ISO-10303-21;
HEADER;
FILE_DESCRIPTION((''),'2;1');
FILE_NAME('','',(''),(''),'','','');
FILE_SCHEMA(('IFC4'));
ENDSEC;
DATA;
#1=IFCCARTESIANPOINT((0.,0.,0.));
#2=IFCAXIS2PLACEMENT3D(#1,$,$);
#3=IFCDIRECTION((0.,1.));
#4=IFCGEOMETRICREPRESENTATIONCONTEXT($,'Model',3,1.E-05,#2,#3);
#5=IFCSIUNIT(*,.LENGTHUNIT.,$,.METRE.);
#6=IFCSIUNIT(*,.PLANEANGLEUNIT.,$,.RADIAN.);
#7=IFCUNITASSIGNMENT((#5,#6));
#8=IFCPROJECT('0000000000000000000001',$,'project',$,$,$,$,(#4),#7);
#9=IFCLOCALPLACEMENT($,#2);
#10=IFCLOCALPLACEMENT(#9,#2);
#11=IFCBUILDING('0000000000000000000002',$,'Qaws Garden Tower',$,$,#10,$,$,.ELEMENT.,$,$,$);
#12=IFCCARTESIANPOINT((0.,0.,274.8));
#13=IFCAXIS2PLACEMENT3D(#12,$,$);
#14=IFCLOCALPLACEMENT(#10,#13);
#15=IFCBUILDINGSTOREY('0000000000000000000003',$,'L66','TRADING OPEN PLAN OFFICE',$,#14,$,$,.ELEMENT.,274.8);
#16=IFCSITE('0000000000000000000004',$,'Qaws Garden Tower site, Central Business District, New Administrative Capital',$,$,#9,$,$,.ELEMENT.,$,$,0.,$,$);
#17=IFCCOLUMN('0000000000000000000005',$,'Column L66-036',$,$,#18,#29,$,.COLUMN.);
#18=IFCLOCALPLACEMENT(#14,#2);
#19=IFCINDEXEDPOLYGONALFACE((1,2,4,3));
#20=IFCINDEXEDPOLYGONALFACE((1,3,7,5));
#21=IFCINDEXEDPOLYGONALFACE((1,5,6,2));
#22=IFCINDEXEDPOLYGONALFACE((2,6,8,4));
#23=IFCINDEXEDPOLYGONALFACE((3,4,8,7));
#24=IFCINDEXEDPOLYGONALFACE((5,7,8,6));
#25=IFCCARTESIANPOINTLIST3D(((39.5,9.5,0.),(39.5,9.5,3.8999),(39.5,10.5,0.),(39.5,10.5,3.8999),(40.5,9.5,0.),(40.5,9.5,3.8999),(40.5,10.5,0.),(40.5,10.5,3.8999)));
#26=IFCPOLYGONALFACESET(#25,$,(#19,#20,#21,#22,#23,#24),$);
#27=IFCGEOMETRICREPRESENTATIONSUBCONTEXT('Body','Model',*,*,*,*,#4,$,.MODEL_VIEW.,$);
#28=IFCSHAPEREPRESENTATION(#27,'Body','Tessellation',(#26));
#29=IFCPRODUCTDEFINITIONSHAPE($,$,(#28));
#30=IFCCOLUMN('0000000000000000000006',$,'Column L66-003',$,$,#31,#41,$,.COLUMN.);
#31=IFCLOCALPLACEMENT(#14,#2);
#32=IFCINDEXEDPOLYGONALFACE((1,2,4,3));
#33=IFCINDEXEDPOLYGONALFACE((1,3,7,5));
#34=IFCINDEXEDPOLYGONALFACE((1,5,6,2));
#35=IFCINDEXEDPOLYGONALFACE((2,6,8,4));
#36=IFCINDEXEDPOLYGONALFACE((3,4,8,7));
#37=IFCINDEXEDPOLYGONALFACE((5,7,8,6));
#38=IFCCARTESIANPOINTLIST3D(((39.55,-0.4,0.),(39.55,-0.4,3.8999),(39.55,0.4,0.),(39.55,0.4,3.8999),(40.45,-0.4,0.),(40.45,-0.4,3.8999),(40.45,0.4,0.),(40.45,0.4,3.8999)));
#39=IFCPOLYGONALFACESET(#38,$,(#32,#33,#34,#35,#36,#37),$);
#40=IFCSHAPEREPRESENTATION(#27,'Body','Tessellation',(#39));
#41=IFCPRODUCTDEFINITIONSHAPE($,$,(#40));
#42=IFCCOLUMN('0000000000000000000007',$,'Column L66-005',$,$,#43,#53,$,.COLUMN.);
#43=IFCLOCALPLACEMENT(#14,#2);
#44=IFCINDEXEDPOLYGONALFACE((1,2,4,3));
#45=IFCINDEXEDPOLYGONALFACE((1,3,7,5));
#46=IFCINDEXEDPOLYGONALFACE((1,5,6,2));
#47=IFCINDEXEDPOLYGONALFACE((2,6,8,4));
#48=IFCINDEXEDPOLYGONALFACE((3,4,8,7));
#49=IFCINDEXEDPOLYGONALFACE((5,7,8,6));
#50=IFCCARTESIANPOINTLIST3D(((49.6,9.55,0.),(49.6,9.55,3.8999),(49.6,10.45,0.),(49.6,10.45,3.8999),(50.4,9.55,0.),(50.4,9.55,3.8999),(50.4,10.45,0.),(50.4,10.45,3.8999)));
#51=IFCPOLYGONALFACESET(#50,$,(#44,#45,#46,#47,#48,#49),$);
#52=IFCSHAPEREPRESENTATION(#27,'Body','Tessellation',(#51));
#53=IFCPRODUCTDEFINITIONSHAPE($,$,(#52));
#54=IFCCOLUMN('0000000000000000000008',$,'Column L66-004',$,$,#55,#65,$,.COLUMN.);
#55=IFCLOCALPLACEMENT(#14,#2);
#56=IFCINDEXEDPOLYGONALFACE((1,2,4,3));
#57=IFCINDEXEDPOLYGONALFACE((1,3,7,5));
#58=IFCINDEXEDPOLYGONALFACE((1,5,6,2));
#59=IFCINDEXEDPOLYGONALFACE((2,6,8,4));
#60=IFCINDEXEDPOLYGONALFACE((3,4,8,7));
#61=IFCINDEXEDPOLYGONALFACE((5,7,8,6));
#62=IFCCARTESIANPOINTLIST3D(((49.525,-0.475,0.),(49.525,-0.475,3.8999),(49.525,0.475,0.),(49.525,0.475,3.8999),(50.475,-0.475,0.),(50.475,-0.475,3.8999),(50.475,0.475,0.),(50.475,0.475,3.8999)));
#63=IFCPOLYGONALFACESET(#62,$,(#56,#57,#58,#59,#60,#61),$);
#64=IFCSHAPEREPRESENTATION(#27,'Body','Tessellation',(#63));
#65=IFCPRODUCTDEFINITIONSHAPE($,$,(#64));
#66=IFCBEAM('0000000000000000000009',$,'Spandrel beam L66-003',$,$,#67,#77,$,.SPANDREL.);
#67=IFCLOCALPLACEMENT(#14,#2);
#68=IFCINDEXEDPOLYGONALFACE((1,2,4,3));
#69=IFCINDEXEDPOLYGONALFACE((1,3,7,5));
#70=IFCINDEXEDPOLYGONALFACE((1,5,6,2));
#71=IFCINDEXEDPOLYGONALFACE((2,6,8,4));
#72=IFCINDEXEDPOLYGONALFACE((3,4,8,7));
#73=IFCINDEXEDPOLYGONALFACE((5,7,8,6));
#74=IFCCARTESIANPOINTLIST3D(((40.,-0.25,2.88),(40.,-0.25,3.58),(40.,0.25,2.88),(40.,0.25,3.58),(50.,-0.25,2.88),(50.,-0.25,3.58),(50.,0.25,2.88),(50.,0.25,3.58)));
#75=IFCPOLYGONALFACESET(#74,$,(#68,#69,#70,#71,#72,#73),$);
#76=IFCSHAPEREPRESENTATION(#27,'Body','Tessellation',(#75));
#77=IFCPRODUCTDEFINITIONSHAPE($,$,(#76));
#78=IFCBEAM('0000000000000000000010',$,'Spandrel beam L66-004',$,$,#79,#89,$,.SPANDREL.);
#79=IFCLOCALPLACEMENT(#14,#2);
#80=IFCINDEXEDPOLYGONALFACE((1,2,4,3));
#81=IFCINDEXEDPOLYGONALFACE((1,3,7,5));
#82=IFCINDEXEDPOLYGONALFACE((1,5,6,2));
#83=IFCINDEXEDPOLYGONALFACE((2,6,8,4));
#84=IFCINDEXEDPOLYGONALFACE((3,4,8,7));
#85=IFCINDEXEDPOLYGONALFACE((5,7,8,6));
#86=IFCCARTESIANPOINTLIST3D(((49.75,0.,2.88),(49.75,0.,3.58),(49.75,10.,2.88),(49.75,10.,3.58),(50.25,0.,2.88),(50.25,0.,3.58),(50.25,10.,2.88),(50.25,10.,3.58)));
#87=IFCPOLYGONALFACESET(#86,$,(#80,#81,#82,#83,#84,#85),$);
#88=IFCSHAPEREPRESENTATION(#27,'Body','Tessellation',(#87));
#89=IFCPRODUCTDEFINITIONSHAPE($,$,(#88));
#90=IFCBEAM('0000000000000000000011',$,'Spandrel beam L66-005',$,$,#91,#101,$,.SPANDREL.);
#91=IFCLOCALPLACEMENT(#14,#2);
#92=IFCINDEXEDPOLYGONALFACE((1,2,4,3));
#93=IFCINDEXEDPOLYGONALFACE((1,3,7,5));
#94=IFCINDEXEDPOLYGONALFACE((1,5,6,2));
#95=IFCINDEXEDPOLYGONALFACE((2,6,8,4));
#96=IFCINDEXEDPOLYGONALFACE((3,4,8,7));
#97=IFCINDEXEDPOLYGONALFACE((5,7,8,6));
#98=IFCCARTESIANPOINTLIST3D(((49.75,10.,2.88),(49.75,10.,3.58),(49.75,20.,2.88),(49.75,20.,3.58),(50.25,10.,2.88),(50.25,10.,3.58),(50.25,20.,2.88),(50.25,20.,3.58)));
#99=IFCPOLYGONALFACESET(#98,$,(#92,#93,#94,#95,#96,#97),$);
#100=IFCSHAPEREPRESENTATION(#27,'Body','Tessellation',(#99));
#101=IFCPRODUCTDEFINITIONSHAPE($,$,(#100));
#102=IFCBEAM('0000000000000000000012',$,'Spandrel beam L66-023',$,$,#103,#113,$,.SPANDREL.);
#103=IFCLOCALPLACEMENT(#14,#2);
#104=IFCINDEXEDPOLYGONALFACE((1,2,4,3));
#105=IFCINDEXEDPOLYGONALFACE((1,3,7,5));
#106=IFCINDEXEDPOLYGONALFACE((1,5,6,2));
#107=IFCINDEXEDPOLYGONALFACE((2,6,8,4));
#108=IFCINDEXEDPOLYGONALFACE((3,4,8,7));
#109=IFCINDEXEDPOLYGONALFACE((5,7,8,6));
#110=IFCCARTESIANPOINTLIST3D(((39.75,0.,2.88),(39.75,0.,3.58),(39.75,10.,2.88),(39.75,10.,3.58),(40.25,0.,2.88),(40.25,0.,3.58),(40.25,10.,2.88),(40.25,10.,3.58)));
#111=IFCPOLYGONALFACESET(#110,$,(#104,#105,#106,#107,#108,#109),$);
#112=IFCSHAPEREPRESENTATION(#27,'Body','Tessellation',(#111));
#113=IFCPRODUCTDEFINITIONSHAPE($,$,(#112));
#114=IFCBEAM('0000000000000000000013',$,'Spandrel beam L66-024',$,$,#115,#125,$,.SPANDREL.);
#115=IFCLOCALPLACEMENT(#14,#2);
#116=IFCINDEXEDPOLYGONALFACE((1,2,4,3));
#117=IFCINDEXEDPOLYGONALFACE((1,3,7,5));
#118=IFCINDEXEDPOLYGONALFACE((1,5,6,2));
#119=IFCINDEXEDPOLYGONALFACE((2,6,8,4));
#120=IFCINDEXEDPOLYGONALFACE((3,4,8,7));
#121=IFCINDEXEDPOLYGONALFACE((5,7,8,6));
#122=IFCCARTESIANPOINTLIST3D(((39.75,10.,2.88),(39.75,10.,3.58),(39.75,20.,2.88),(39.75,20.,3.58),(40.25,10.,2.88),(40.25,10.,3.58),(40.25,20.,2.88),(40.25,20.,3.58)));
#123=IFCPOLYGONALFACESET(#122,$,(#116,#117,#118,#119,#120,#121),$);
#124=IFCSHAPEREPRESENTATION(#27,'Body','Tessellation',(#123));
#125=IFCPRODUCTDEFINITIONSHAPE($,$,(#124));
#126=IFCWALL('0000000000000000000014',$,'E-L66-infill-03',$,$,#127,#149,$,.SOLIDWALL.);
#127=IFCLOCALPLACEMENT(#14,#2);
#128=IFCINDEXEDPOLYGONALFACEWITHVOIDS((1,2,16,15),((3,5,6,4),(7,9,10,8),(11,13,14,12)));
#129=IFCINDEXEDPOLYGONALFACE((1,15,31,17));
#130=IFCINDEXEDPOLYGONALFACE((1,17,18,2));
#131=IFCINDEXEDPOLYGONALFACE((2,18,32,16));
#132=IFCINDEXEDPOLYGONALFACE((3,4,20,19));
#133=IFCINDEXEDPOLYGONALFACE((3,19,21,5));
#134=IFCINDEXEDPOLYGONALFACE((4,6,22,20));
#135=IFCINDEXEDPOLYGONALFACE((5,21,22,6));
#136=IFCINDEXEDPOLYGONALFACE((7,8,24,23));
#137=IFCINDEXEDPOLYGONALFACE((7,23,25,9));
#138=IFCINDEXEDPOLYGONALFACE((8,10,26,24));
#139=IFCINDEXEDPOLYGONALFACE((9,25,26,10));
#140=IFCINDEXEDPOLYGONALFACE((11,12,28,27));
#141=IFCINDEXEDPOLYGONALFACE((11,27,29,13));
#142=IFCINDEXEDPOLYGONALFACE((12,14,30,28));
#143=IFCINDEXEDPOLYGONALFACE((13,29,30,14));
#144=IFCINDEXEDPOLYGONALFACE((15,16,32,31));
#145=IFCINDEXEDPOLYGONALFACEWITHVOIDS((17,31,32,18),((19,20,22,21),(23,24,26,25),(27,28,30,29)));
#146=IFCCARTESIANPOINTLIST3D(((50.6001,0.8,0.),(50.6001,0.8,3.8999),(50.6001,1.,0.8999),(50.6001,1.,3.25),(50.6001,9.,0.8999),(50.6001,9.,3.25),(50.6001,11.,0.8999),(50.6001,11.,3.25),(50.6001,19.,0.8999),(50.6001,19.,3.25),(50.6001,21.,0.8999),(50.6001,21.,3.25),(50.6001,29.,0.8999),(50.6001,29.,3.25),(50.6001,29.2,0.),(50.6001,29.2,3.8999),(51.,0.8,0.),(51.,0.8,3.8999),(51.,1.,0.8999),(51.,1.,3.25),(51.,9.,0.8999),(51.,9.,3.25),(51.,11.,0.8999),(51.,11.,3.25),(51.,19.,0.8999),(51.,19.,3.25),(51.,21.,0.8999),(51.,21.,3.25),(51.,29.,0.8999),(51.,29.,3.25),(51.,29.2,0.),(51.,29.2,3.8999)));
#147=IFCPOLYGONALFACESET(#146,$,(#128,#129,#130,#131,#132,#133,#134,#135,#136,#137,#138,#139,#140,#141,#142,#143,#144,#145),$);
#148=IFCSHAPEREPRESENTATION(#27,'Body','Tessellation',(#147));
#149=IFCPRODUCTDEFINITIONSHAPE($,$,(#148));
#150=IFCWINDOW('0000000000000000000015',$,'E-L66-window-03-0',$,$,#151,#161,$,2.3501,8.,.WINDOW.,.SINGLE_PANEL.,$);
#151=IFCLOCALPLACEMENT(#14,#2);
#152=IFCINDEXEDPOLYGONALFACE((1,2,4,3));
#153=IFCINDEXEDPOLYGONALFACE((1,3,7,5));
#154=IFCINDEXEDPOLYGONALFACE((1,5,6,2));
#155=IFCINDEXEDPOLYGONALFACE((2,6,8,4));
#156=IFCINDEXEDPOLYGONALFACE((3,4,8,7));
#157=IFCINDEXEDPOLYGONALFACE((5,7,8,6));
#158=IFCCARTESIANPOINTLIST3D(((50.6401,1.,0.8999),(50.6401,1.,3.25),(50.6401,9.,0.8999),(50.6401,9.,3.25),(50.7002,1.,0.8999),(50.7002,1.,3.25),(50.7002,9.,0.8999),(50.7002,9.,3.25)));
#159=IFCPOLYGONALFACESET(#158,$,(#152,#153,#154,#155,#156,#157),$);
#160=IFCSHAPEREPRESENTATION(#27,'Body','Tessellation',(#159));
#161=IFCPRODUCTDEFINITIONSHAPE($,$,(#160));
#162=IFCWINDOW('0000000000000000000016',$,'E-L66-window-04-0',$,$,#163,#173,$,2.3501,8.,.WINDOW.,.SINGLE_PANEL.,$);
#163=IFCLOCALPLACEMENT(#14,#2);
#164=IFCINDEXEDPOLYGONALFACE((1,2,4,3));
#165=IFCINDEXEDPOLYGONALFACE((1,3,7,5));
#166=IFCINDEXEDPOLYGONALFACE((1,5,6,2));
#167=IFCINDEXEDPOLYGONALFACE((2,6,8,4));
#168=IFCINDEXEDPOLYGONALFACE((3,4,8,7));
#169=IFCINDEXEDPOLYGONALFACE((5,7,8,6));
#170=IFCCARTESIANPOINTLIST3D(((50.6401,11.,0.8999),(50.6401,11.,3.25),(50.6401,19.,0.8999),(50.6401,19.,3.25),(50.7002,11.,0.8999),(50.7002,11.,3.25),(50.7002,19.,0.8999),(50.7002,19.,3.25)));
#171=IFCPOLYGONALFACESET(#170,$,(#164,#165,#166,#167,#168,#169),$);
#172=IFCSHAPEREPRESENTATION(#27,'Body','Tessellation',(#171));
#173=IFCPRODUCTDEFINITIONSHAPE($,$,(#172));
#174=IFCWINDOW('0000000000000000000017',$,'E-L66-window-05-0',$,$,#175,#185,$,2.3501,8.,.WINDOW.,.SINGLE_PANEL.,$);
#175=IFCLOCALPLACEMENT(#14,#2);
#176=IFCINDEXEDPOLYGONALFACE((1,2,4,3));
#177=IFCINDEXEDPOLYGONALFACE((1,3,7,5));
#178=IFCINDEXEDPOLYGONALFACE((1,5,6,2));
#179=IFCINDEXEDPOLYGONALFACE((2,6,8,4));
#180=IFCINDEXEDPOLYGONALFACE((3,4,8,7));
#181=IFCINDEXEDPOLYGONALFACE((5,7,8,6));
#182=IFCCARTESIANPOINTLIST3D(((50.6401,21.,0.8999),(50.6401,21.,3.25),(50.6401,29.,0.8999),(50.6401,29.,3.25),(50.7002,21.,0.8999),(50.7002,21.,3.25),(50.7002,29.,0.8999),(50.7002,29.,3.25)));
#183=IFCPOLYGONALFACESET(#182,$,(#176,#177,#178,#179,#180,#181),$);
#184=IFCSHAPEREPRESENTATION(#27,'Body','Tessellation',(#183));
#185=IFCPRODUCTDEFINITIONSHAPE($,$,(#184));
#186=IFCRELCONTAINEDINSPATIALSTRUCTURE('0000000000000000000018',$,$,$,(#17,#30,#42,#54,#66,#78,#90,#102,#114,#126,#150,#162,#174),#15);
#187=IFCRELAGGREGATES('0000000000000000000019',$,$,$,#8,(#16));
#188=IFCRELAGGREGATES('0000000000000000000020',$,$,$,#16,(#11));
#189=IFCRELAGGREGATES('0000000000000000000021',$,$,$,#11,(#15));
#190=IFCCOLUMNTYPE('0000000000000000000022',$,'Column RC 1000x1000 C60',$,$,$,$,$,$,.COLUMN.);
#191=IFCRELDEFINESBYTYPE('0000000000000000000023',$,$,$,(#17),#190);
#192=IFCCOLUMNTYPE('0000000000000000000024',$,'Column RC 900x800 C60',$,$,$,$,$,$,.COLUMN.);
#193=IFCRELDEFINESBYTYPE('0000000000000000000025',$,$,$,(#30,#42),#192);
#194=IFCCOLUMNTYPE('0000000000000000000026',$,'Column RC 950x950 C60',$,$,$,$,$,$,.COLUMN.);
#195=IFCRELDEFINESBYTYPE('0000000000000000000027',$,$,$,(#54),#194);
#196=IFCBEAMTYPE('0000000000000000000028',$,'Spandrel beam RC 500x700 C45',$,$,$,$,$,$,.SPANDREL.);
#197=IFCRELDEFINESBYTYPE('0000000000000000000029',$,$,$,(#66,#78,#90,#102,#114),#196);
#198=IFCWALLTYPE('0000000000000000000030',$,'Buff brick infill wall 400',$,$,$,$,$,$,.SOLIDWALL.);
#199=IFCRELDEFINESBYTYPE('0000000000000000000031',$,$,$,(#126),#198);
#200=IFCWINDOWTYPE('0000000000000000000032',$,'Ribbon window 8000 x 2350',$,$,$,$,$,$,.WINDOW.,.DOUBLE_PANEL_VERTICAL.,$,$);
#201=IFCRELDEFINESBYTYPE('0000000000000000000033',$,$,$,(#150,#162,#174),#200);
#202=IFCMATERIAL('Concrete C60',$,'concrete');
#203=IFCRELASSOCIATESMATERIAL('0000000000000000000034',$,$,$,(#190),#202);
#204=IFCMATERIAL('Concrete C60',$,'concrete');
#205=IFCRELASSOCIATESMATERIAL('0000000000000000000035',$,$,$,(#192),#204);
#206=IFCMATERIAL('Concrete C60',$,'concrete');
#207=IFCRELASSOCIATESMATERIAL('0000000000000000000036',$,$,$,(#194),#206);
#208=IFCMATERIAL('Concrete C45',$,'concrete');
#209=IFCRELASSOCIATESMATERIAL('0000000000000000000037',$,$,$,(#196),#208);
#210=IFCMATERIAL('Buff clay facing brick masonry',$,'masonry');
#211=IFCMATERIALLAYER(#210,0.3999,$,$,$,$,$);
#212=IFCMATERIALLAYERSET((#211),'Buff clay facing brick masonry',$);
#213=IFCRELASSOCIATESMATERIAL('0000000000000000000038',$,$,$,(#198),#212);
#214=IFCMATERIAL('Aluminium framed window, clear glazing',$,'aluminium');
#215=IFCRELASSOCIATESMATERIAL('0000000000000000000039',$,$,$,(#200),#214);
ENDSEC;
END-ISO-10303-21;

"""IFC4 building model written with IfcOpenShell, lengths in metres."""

from ifc_helpers import new_model, si_unit, direction, frame, frame_2d, origin, origin_2d, place, context, subcontext, project, spatial, rectangle, extrude, material, layer, layer_set, material_profile, profile_set, type_object, element, fill, save


model = new_model("IFC4")

# Units and contexts
model_context = context("Model", 3, precision=1e-05, world=origin(), true_north=direction((0.0, 1.0)))
body_context = subcontext(model_context, "Body", "Model", "MODEL_VIEW")
ifc_project = project(units=[si_unit("LENGTHUNIT", "METRE"), si_unit("PLANEANGLEUNIT", "RADIAN")], contexts=[model_context])

# Site, building, storey
site_placement = place(None, origin())
site = spatial("IfcSite", under=ifc_project, at=site_placement, Name="Qaws Garden Tower site, Central Business District, New Administrative Capital", CompositionType="ELEMENT", RefElevation=0.0)
building_placement = place(site_placement, origin())
building = spatial("IfcBuilding", under=site, at=building_placement, Name="Qaws Garden Tower", CompositionType="ELEMENT")
storey_placement = place(building_placement, frame((0.0, 0.0, 274.8)))
storey = spatial("IfcBuildingStorey", under=building, at=storey_placement, Name="L66", Description="TRADING OPEN PLAN OFFICE", CompositionType="ELEMENT", Elevation=274.8)

# Columns
ifc_material_1 = material(Name="Concrete C60", Category="concrete")
ifc_material_profile_1 = material_profile(ifc_material_1, rectangle(XDim=1.0, YDim=1.0, at=origin_2d()), Name="RC 1000x1000")
ifc_profile_set_1 = profile_set([ifc_material_profile_1], Name="Concrete C60")
column_type_1 = type_object("IfcColumnType", Name="Column RC 1000x1000 C60", PredefinedType="COLUMN", material=ifc_profile_set_1)
column_1_placement = place(storey_placement, frame((40.0, 10.0, 0.0), z_axis=(0.0, 0.0, 1.0), x_axis=(1.0, 0.0, 0.0)))
element("IfcColumn", 1, at=column_1_placement, inside=storey, type_object=column_type_1, Name="Column L66-036", PredefinedType="COLUMN", context=body_context, shape_type="SweptSolid", body=[
    extrude(rectangle(XDim=1.0, YDim=1.0, at=origin_2d()), origin(), (0.0, 0.0, 1.0), 3.8999),
])
ifc_material_2 = material(Name="Concrete C60", Category="concrete")
ifc_material_profile_2 = material_profile(ifc_material_2, rectangle(XDim=0.8999, YDim=0.8, at=origin_2d()), Name="RC 900x800")
ifc_profile_set_2 = profile_set([ifc_material_profile_2], Name="Concrete C60")
column_type_2 = type_object("IfcColumnType", Name="Column RC 900x800 C60", PredefinedType="COLUMN", material=ifc_profile_set_2)
for number, where, z_axis, x_axis, name in (
    (2, (40.0, 0.0, 0.0), (0.0, 0.0, 1.0), (1.0, 0.0, 0.0), "Column L66-003"),
    (3, (50.0, 10.0, 0.0), (0.0, 0.0, 1.0), (0.0, 1.0, 0.0), "Column L66-005"),
):
    element("IfcColumn", number, at=place(storey_placement, frame(where, z_axis=z_axis, x_axis=x_axis)), inside=storey, type_object=column_type_2, Name=name, PredefinedType="COLUMN", context=body_context, shape_type="SweptSolid", body=[
        extrude(rectangle(XDim=0.8999, YDim=0.8, at=origin_2d()), origin(), (0.0, 0.0, 1.0), 3.8999),
    ])
ifc_material_3 = material(Name="Concrete C60", Category="concrete")
ifc_material_profile_3 = material_profile(ifc_material_3, rectangle(XDim=0.95, YDim=0.95, at=origin_2d()), Name="RC 950x950")
ifc_profile_set_3 = profile_set([ifc_material_profile_3], Name="Concrete C60")
column_type_3 = type_object("IfcColumnType", Name="Column RC 950x950 C60", PredefinedType="COLUMN", material=ifc_profile_set_3)
column_2_placement = place(storey_placement, frame((50.0, 0.0, 0.0), z_axis=(0.0, 0.0, 1.0), x_axis=(1.0, 0.0, 0.0)))
element("IfcColumn", 4, at=column_2_placement, inside=storey, type_object=column_type_3, Name="Column L66-004", PredefinedType="COLUMN", context=body_context, shape_type="SweptSolid", body=[
    extrude(rectangle(XDim=0.95, YDim=0.95, at=origin_2d()), origin(), (0.0, 0.0, 1.0), 3.8999),
])

# Beams
ifc_material_4 = material(Name="Concrete C45", Category="concrete")
ifc_material_profile_4 = material_profile(ifc_material_4, rectangle(XDim=0.5, YDim=0.7, at=origin_2d()), Name="RC 500x700")
ifc_profile_set_4 = profile_set([ifc_material_profile_4], Name="Concrete C45")
beam_type = type_object("IfcBeamType", Name="Spandrel beam RC 500x700 C45", PredefinedType="SPANDREL", material=ifc_profile_set_4)
for number, where, z_axis, x_axis, name in (
    (5, (40.0, 0.0, 3.23), (1.0, 0.0, 0.0), (0.0, 1.0, 0.0), "Spandrel beam L66-003"),
    (6, (50.0, 0.0, 3.23), (0.0, 1.0, 0.0), (-1.0, 0.0, 0.0), "Spandrel beam L66-004"),
    (7, (50.0, 10.0, 3.23), (0.0, 1.0, 0.0), (-1.0, 0.0, 0.0), "Spandrel beam L66-005"),
    (8, (40.0, 0.0, 3.23), (0.0, 1.0, 0.0), (-1.0, 0.0, 0.0), "Spandrel beam L66-023"),
    (9, (40.0, 10.0, 3.23), (0.0, 1.0, 0.0), (-1.0, 0.0, 0.0), "Spandrel beam L66-024"),
):
    element("IfcBeam", number, at=place(storey_placement, frame(where, z_axis=z_axis, x_axis=x_axis)), inside=storey, type_object=beam_type, Name=name, PredefinedType="SPANDREL", context=body_context, shape_type="SweptSolid", body=[
        extrude(rectangle(XDim=0.5, YDim=0.7, at=origin_2d()), origin(), (0.0, 0.0, 1.0), 10.0),
    ])

# Wall, openings, windows
ifc_material_5 = material(Name="Buff clay facing brick masonry", Category="masonry")
ifc_layer_1 = layer(ifc_material_5, 0.3999)
ifc_layer_set_1 = layer_set([ifc_layer_1], Name="Buff clay facing brick masonry")
wall_type_1 = type_object("IfcWallType", Name="Buff brick infill wall 400", PredefinedType="SOLIDWALL", material=ifc_layer_set_1)
wall_1_placement = place(storey_placement, frame((50.8, 0.8, 0.0), z_axis=(0.0, 0.0, 1.0), x_axis=(0.0, 1.0, 0.0)))
wall_1 = element("IfcWall", 10, at=wall_1_placement, inside=storey, type_object=wall_type_1, Name="E-L66-infill-03", PredefinedType="SOLIDWALL", context=body_context, shape_type="SweptSolid", body=[
    extrude(rectangle(XDim=28.3999, YDim=0.3999, at=frame_2d((14.2, 0.0))), origin(), (0.0, 0.0, 1.0), 3.8999),
])
opening_1_placement = place(wall_1_placement, frame((0.2, 0.0, 0.8999)))
opening_1 = element("IfcOpeningElement", 11, at=opening_1_placement, cuts=wall_1, PredefinedType="OPENING", context=body_context, shape_type="SweptSolid", body=[
    extrude(rectangle(XDim=8.0, YDim=2.3501, at=frame_2d((4.0, 1.175))), frame((0.0, 0.21, 0.0), z_axis=(0.0, -1.0, 0.0), x_axis=(1.0, 0.0, 0.0)), (0.0, 0.0, 1.0), 0.4199),
])
opening_2_placement = place(wall_1_placement, frame((10.2, 0.0, 0.8999)))
opening_2 = element("IfcOpeningElement", 12, at=opening_2_placement, cuts=wall_1, PredefinedType="OPENING", context=body_context, shape_type="SweptSolid", body=[
    extrude(rectangle(XDim=8.0, YDim=2.3501, at=frame_2d((4.0, 1.175))), frame((0.0, 0.21, 0.0), z_axis=(0.0, -1.0, 0.0), x_axis=(1.0, 0.0, 0.0)), (0.0, 0.0, 1.0), 0.4199),
])
opening_3_placement = place(wall_1_placement, frame((20.2, 0.0, 0.8999)))
opening_3 = element("IfcOpeningElement", 13, at=opening_3_placement, cuts=wall_1, PredefinedType="OPENING", context=body_context, shape_type="SweptSolid", body=[
    extrude(rectangle(XDim=8.0, YDim=2.3501, at=frame_2d((4.0, 1.175))), frame((0.0, 0.21, 0.0), z_axis=(0.0, -1.0, 0.0), x_axis=(1.0, 0.0, 0.0)), (0.0, 0.0, 1.0), 0.4199),
])
ifc_material_6 = material(Name="Aluminium framed window, clear glazing", Category="aluminium")
window_type = type_object("IfcWindowType", Name="Ribbon window 8000 x 2350", PartitioningType="DOUBLE_PANEL_VERTICAL", PredefinedType="WINDOW", material=ifc_material_6)
window_1_placement = place(opening_1_placement, origin())
window_1 = element("IfcWindow", 14, at=window_1_placement, inside=storey, type_object=window_type, Name="E-L66-window-03-0", OverallHeight=2.3501, OverallWidth=8.0, PartitioningType="SINGLE_PANEL", PredefinedType="WINDOW", context=body_context, shape_type="SweptSolid", body=[
    extrude(rectangle(XDim=8.0, YDim=2.3501, at=frame_2d((4.0, 1.175))), frame((0.0, 0.1599, 0.0), z_axis=(0.0, -1.0, 0.0), x_axis=(1.0, 0.0, 0.0)), (0.0, 0.0, 1.0), 0.0601),
])
fill(opening_1, window_1)
window_2_placement = place(opening_2_placement, origin())
window_2 = element("IfcWindow", 15, at=window_2_placement, inside=storey, type_object=window_type, Name="E-L66-window-04-0", OverallHeight=2.3501, OverallWidth=8.0, PartitioningType="SINGLE_PANEL", PredefinedType="WINDOW", context=body_context, shape_type="SweptSolid", body=[
    extrude(rectangle(XDim=8.0, YDim=2.3501, at=frame_2d((4.0, 1.175))), frame((0.0, 0.1599, 0.0), z_axis=(0.0, -1.0, 0.0), x_axis=(1.0, 0.0, 0.0)), (0.0, 0.0, 1.0), 0.0601),
])
fill(opening_2, window_2)
window_3_placement = place(opening_3_placement, origin())
window_3 = element("IfcWindow", 16, at=window_3_placement, inside=storey, type_object=window_type, Name="E-L66-window-05-0", OverallHeight=2.3501, OverallWidth=8.0, PartitioningType="SINGLE_PANEL", PredefinedType="WINDOW", context=body_context, shape_type="SweptSolid", body=[
    extrude(rectangle(XDim=8.0, YDim=2.3501, at=frame_2d((4.0, 1.175))), frame((0.0, 0.1599, 0.0), z_axis=(0.0, -1.0, 0.0), x_axis=(1.0, 0.0, 0.0)), (0.0, 0.0, 1.0), 0.0601),
])
fill(opening_3, window_3)

save(model, "model.ifc")
